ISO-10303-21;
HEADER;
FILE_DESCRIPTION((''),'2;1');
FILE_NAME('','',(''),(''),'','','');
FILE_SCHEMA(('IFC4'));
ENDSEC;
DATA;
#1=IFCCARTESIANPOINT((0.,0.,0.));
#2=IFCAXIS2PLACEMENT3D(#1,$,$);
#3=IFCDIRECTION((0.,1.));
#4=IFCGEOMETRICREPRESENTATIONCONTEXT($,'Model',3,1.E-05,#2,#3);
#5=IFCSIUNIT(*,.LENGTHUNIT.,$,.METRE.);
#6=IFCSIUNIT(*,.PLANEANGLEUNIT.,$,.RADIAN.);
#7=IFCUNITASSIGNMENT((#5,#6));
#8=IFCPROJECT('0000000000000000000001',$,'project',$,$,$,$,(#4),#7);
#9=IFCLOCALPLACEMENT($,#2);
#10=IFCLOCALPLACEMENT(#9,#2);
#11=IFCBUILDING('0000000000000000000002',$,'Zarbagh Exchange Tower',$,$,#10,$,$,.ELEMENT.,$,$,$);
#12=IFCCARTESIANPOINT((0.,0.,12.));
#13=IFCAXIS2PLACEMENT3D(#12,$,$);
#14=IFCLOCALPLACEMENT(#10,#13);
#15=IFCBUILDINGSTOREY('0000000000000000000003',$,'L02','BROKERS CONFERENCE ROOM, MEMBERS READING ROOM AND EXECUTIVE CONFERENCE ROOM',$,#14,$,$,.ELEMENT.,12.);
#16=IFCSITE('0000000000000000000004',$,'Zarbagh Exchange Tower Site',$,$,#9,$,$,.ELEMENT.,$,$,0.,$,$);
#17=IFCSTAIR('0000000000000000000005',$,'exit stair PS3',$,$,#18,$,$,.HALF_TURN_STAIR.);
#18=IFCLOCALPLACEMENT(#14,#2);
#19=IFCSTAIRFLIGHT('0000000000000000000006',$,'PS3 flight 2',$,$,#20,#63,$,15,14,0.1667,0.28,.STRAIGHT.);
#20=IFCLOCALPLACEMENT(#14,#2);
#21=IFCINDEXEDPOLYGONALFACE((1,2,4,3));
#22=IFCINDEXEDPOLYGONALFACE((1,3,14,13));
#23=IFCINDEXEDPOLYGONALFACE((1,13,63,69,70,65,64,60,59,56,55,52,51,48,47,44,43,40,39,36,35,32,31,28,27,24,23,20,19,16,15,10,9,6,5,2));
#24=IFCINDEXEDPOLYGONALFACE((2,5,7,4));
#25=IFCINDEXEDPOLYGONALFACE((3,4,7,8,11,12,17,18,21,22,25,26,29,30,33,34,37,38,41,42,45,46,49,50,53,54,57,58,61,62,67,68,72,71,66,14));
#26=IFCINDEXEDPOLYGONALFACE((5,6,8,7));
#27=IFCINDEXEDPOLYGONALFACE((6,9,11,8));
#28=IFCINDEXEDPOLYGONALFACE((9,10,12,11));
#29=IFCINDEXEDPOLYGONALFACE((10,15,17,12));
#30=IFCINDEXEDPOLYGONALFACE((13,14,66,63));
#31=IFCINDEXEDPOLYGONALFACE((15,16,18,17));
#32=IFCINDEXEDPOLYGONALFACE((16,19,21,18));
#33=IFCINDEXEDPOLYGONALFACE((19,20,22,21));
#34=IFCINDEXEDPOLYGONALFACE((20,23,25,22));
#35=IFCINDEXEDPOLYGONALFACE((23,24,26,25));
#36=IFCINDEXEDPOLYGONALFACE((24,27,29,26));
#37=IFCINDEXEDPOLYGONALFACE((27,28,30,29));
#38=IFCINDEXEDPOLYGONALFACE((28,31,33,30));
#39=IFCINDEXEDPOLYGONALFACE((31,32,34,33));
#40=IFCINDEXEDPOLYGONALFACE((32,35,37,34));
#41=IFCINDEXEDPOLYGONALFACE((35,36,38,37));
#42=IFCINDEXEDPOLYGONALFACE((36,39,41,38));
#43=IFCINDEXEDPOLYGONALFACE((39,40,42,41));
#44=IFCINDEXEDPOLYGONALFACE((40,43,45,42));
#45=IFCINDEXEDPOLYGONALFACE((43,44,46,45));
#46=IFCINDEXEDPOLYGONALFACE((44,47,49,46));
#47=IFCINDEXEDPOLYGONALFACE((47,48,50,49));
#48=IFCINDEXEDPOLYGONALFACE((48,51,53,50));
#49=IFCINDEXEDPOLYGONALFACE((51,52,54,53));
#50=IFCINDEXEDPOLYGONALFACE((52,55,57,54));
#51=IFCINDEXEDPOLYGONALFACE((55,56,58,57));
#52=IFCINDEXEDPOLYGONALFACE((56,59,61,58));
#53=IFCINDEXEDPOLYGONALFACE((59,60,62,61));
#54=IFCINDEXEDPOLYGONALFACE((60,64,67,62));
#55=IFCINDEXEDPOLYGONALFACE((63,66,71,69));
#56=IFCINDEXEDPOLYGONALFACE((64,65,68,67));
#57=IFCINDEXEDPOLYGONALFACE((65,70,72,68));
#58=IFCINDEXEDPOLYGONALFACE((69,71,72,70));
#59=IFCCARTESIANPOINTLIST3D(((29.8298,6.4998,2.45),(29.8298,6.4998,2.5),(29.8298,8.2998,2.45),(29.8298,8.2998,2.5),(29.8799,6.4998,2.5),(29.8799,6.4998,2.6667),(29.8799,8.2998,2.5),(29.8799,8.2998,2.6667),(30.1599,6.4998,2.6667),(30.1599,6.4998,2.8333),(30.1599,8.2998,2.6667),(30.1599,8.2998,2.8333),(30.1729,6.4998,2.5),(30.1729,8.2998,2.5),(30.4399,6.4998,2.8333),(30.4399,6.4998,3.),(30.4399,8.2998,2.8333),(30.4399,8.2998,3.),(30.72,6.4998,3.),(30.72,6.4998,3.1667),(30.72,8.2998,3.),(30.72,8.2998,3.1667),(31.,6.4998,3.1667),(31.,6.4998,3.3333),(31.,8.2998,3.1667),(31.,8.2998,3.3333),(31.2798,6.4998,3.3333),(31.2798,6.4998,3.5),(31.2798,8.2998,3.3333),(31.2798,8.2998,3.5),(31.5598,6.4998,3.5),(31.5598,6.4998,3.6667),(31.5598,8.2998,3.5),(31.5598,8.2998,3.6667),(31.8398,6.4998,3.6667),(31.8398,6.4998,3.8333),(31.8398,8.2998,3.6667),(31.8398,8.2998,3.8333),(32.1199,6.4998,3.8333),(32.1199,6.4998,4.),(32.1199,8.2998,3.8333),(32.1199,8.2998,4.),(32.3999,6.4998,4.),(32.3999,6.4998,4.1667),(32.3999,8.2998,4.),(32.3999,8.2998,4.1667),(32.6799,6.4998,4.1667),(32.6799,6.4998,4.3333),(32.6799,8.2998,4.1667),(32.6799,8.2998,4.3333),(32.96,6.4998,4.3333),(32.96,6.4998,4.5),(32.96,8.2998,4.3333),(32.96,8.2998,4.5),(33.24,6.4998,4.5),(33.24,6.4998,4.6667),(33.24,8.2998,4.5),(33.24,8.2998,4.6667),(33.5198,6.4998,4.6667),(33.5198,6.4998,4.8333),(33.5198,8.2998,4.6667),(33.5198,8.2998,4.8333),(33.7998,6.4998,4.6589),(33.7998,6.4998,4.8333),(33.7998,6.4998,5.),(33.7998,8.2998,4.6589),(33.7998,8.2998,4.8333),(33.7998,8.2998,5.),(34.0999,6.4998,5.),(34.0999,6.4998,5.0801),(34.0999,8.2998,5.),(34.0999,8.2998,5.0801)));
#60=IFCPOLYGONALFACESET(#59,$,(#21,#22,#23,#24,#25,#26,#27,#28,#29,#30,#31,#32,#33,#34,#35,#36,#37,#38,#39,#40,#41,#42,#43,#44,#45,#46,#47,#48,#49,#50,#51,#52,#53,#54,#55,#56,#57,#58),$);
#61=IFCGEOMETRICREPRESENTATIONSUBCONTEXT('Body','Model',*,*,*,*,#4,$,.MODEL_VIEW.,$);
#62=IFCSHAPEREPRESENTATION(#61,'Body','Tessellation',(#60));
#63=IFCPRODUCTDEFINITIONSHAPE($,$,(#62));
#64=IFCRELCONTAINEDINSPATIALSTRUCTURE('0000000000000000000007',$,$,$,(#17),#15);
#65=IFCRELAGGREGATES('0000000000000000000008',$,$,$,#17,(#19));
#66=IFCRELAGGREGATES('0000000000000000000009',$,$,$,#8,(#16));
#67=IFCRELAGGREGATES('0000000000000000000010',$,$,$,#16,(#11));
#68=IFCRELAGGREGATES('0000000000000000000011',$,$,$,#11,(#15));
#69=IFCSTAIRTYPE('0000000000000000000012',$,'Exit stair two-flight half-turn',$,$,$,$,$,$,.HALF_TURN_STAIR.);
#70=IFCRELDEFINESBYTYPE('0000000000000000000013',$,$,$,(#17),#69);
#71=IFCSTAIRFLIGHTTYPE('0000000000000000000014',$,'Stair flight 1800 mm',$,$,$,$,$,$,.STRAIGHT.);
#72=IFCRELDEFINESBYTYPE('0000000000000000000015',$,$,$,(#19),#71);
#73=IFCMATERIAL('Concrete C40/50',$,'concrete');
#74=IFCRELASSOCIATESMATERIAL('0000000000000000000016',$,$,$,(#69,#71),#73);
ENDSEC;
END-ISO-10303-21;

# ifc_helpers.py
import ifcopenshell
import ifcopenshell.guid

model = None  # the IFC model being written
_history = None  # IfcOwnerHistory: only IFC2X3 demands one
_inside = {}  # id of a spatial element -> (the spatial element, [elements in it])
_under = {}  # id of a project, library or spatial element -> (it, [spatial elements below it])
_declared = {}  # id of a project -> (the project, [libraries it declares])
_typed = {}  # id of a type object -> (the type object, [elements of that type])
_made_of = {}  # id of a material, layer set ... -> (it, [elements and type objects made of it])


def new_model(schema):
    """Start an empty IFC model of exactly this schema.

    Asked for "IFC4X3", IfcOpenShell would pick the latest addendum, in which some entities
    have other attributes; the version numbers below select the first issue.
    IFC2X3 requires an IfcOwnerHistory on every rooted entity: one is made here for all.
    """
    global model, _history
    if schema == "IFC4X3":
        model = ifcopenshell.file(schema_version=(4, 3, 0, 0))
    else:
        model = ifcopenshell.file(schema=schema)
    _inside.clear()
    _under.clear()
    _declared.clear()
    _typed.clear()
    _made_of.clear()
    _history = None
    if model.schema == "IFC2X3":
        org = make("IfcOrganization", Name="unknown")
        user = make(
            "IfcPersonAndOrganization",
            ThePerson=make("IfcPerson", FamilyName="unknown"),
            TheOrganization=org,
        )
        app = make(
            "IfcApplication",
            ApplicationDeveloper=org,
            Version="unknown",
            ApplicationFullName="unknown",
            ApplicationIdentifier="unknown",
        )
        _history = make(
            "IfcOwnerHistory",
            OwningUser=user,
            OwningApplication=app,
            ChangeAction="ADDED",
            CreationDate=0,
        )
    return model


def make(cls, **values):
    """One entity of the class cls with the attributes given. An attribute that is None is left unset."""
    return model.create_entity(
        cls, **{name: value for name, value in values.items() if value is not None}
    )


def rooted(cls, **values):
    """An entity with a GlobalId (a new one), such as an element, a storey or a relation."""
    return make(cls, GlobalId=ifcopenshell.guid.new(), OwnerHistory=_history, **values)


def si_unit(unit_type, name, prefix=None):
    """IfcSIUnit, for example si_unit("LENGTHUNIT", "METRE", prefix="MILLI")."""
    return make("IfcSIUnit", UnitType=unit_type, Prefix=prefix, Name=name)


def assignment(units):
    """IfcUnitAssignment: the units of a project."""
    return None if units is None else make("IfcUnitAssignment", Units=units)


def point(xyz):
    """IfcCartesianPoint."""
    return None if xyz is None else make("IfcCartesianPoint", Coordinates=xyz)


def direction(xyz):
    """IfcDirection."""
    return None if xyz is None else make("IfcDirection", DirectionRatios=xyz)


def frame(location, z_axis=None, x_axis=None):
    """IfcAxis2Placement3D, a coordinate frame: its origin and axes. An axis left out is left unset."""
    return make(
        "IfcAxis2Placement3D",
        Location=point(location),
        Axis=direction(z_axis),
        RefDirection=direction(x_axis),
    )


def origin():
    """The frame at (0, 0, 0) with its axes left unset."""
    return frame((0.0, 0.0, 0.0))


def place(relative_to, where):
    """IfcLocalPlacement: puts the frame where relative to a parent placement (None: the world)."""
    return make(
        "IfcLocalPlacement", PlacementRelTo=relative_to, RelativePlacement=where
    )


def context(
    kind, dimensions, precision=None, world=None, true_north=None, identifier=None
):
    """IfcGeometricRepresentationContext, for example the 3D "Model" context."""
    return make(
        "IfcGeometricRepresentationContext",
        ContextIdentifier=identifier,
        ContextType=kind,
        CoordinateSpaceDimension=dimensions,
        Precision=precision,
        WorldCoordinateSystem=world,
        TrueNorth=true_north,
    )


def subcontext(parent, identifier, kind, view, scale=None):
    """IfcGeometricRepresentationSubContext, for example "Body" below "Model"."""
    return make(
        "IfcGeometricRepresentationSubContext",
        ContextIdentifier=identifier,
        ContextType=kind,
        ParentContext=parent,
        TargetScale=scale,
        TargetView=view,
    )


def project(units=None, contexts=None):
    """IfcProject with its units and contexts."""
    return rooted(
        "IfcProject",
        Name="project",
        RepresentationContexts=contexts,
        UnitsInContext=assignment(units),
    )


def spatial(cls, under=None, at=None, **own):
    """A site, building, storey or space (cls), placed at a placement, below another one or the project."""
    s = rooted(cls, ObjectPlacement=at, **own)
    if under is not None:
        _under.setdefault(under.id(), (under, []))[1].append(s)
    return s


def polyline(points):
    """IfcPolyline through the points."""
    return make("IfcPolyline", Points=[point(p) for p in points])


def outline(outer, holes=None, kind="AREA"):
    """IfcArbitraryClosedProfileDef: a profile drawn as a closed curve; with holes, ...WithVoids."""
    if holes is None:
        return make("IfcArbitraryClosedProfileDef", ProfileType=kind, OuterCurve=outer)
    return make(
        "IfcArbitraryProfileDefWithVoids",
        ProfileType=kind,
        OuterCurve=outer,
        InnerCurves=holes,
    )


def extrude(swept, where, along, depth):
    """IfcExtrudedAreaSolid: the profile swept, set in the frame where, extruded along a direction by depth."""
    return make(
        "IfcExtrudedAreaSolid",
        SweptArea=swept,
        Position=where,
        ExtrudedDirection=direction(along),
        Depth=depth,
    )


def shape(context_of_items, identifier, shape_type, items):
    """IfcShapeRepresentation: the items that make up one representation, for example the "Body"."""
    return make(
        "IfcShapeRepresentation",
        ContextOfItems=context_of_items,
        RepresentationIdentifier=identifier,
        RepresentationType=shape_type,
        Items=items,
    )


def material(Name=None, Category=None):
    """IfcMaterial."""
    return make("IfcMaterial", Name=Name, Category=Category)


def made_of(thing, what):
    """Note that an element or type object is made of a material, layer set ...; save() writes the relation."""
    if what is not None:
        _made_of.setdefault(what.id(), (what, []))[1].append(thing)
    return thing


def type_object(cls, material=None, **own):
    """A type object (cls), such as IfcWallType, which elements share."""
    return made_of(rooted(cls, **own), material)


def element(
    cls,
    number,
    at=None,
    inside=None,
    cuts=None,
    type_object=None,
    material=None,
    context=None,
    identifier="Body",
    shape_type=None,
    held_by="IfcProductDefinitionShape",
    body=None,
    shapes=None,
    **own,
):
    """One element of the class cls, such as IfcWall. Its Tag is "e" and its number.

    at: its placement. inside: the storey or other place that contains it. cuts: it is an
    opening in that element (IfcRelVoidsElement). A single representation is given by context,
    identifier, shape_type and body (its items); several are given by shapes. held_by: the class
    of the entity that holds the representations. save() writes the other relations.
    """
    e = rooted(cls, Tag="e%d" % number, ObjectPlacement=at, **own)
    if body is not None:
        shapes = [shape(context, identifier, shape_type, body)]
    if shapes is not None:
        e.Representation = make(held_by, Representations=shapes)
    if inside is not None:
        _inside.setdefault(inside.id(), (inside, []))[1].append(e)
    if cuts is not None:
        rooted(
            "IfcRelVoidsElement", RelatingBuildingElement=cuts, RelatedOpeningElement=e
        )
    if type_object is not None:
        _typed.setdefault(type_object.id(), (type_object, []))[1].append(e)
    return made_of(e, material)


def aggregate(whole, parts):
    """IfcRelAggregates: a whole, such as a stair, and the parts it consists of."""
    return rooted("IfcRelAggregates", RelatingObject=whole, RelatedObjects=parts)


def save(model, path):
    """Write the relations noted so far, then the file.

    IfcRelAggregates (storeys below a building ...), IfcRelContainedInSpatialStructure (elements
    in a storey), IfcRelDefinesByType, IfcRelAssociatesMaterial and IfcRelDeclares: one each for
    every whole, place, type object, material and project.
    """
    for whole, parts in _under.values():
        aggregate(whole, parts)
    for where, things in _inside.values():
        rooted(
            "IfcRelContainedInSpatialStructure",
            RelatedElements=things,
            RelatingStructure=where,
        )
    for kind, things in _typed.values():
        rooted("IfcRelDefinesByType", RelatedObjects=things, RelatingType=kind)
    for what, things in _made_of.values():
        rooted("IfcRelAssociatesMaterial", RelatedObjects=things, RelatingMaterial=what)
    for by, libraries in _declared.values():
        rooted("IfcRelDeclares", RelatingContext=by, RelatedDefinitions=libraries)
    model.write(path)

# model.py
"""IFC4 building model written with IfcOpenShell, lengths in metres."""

from ifc_helpers import new_model, si_unit, direction, frame, origin, place, context, subcontext, project, spatial, polyline, outline, extrude, material, type_object, element, aggregate, save


model = new_model("IFC4")

# Units and contexts
model_context = context("Model", 3, precision=1e-05, world=origin(), true_north=direction((0.0, 1.0)))
body_context = subcontext(model_context, "Body", "Model", "MODEL_VIEW")
ifc_project = project(units=[si_unit("LENGTHUNIT", "METRE"), si_unit("PLANEANGLEUNIT", "RADIAN")], contexts=[model_context])

# Site, building, storey
site_placement = place(None, origin())
site = spatial("IfcSite", under=ifc_project, at=site_placement, Name="Zarbagh Exchange Tower Site", CompositionType="ELEMENT", RefElevation=0.0)
building_placement = place(site_placement, origin())
building = spatial("IfcBuilding", under=site, at=building_placement, Name="Zarbagh Exchange Tower", CompositionType="ELEMENT")
storey_placement = place(building_placement, frame((0.0, 0.0, 12.0)))
storey = spatial("IfcBuildingStorey", under=building, at=storey_placement, Name="L02", Description="BROKERS CONFERENCE ROOM, MEMBERS READING ROOM AND EXECUTIVE CONFERENCE ROOM", CompositionType="ELEMENT", Elevation=12.0)

# Shared definitions
ifc_material_1 = material(Name="Concrete C40/50", Category="concrete")

# Stair, stair flight
stair_type = type_object("IfcStairType", Name="Exit stair two-flight half-turn", PredefinedType="HALF_TURN_STAIR", material=ifc_material_1)
stair_placement = place(storey_placement, origin())
stair = element("IfcStair", 1, at=stair_placement, inside=storey, type_object=stair_type, Name="exit stair PS3", PredefinedType="HALF_TURN_STAIR")
stair_flight_type = type_object("IfcStairFlightType", Name="Stair flight 1800 mm", PredefinedType="STRAIGHT", material=ifc_material_1)
stair_flight_1_placement = place(storey_placement, frame((29.8799, 7.3999, 2.5), z_axis=(0.0, 0.0, 1.0), x_axis=(1.0, 0.0, 0.0)))
stair_flight_1 = element("IfcStairFlight", 2, at=stair_flight_1_placement, type_object=stair_flight_type, Name="PS3 flight 2", NumberOfRisers=15, NumberOfTreads=14, PredefinedType="STRAIGHT", RiserHeight=0.1667, TreadLength=0.28, context=body_context, shape_type="SweptSolid", body=[
    extrude(outline(polyline([(-0.05, -0.05), (-0.05, 0.0), (0.0, 0.0), (0.0, 0.1667), (0.28, 0.1667), (0.28, 0.3333), (0.5601, 0.3333), (0.5601, 0.5), (0.8401, 0.5), (0.8401, 0.6667), (1.1201, 0.6667), (1.1201, 0.8333), (1.3999, 0.8333), (1.3999, 1.0), (1.6799, 1.0), (1.6799, 1.1667), (1.96, 1.1667), (1.96, 1.3333), (2.24, 1.3333), (2.24, 1.5), (2.52, 1.5), (2.52, 1.6667), (2.8, 1.6667), (2.8, 1.8333), (3.0801, 1.8333), (3.0801, 2.0), (3.3601, 2.0), (3.3601, 2.1667), (3.6399, 2.1667), (3.6399, 2.3333), (3.9199, 2.3333), (3.9199, 2.5), (4.22, 2.5801), (4.22, 2.5), (3.9199, 2.1589), (0.293, 0.0), (-0.05, -0.05)])), frame((0.0, 0.8999, 0.0), z_axis=(0.0, -1.0, 0.0), x_axis=(1.0, 0.0, 0.0)), (0.0, 0.0, 1.0), 1.8),
])
aggregate(stair, [stair_flight_1])

save(model, "model.ifc")
